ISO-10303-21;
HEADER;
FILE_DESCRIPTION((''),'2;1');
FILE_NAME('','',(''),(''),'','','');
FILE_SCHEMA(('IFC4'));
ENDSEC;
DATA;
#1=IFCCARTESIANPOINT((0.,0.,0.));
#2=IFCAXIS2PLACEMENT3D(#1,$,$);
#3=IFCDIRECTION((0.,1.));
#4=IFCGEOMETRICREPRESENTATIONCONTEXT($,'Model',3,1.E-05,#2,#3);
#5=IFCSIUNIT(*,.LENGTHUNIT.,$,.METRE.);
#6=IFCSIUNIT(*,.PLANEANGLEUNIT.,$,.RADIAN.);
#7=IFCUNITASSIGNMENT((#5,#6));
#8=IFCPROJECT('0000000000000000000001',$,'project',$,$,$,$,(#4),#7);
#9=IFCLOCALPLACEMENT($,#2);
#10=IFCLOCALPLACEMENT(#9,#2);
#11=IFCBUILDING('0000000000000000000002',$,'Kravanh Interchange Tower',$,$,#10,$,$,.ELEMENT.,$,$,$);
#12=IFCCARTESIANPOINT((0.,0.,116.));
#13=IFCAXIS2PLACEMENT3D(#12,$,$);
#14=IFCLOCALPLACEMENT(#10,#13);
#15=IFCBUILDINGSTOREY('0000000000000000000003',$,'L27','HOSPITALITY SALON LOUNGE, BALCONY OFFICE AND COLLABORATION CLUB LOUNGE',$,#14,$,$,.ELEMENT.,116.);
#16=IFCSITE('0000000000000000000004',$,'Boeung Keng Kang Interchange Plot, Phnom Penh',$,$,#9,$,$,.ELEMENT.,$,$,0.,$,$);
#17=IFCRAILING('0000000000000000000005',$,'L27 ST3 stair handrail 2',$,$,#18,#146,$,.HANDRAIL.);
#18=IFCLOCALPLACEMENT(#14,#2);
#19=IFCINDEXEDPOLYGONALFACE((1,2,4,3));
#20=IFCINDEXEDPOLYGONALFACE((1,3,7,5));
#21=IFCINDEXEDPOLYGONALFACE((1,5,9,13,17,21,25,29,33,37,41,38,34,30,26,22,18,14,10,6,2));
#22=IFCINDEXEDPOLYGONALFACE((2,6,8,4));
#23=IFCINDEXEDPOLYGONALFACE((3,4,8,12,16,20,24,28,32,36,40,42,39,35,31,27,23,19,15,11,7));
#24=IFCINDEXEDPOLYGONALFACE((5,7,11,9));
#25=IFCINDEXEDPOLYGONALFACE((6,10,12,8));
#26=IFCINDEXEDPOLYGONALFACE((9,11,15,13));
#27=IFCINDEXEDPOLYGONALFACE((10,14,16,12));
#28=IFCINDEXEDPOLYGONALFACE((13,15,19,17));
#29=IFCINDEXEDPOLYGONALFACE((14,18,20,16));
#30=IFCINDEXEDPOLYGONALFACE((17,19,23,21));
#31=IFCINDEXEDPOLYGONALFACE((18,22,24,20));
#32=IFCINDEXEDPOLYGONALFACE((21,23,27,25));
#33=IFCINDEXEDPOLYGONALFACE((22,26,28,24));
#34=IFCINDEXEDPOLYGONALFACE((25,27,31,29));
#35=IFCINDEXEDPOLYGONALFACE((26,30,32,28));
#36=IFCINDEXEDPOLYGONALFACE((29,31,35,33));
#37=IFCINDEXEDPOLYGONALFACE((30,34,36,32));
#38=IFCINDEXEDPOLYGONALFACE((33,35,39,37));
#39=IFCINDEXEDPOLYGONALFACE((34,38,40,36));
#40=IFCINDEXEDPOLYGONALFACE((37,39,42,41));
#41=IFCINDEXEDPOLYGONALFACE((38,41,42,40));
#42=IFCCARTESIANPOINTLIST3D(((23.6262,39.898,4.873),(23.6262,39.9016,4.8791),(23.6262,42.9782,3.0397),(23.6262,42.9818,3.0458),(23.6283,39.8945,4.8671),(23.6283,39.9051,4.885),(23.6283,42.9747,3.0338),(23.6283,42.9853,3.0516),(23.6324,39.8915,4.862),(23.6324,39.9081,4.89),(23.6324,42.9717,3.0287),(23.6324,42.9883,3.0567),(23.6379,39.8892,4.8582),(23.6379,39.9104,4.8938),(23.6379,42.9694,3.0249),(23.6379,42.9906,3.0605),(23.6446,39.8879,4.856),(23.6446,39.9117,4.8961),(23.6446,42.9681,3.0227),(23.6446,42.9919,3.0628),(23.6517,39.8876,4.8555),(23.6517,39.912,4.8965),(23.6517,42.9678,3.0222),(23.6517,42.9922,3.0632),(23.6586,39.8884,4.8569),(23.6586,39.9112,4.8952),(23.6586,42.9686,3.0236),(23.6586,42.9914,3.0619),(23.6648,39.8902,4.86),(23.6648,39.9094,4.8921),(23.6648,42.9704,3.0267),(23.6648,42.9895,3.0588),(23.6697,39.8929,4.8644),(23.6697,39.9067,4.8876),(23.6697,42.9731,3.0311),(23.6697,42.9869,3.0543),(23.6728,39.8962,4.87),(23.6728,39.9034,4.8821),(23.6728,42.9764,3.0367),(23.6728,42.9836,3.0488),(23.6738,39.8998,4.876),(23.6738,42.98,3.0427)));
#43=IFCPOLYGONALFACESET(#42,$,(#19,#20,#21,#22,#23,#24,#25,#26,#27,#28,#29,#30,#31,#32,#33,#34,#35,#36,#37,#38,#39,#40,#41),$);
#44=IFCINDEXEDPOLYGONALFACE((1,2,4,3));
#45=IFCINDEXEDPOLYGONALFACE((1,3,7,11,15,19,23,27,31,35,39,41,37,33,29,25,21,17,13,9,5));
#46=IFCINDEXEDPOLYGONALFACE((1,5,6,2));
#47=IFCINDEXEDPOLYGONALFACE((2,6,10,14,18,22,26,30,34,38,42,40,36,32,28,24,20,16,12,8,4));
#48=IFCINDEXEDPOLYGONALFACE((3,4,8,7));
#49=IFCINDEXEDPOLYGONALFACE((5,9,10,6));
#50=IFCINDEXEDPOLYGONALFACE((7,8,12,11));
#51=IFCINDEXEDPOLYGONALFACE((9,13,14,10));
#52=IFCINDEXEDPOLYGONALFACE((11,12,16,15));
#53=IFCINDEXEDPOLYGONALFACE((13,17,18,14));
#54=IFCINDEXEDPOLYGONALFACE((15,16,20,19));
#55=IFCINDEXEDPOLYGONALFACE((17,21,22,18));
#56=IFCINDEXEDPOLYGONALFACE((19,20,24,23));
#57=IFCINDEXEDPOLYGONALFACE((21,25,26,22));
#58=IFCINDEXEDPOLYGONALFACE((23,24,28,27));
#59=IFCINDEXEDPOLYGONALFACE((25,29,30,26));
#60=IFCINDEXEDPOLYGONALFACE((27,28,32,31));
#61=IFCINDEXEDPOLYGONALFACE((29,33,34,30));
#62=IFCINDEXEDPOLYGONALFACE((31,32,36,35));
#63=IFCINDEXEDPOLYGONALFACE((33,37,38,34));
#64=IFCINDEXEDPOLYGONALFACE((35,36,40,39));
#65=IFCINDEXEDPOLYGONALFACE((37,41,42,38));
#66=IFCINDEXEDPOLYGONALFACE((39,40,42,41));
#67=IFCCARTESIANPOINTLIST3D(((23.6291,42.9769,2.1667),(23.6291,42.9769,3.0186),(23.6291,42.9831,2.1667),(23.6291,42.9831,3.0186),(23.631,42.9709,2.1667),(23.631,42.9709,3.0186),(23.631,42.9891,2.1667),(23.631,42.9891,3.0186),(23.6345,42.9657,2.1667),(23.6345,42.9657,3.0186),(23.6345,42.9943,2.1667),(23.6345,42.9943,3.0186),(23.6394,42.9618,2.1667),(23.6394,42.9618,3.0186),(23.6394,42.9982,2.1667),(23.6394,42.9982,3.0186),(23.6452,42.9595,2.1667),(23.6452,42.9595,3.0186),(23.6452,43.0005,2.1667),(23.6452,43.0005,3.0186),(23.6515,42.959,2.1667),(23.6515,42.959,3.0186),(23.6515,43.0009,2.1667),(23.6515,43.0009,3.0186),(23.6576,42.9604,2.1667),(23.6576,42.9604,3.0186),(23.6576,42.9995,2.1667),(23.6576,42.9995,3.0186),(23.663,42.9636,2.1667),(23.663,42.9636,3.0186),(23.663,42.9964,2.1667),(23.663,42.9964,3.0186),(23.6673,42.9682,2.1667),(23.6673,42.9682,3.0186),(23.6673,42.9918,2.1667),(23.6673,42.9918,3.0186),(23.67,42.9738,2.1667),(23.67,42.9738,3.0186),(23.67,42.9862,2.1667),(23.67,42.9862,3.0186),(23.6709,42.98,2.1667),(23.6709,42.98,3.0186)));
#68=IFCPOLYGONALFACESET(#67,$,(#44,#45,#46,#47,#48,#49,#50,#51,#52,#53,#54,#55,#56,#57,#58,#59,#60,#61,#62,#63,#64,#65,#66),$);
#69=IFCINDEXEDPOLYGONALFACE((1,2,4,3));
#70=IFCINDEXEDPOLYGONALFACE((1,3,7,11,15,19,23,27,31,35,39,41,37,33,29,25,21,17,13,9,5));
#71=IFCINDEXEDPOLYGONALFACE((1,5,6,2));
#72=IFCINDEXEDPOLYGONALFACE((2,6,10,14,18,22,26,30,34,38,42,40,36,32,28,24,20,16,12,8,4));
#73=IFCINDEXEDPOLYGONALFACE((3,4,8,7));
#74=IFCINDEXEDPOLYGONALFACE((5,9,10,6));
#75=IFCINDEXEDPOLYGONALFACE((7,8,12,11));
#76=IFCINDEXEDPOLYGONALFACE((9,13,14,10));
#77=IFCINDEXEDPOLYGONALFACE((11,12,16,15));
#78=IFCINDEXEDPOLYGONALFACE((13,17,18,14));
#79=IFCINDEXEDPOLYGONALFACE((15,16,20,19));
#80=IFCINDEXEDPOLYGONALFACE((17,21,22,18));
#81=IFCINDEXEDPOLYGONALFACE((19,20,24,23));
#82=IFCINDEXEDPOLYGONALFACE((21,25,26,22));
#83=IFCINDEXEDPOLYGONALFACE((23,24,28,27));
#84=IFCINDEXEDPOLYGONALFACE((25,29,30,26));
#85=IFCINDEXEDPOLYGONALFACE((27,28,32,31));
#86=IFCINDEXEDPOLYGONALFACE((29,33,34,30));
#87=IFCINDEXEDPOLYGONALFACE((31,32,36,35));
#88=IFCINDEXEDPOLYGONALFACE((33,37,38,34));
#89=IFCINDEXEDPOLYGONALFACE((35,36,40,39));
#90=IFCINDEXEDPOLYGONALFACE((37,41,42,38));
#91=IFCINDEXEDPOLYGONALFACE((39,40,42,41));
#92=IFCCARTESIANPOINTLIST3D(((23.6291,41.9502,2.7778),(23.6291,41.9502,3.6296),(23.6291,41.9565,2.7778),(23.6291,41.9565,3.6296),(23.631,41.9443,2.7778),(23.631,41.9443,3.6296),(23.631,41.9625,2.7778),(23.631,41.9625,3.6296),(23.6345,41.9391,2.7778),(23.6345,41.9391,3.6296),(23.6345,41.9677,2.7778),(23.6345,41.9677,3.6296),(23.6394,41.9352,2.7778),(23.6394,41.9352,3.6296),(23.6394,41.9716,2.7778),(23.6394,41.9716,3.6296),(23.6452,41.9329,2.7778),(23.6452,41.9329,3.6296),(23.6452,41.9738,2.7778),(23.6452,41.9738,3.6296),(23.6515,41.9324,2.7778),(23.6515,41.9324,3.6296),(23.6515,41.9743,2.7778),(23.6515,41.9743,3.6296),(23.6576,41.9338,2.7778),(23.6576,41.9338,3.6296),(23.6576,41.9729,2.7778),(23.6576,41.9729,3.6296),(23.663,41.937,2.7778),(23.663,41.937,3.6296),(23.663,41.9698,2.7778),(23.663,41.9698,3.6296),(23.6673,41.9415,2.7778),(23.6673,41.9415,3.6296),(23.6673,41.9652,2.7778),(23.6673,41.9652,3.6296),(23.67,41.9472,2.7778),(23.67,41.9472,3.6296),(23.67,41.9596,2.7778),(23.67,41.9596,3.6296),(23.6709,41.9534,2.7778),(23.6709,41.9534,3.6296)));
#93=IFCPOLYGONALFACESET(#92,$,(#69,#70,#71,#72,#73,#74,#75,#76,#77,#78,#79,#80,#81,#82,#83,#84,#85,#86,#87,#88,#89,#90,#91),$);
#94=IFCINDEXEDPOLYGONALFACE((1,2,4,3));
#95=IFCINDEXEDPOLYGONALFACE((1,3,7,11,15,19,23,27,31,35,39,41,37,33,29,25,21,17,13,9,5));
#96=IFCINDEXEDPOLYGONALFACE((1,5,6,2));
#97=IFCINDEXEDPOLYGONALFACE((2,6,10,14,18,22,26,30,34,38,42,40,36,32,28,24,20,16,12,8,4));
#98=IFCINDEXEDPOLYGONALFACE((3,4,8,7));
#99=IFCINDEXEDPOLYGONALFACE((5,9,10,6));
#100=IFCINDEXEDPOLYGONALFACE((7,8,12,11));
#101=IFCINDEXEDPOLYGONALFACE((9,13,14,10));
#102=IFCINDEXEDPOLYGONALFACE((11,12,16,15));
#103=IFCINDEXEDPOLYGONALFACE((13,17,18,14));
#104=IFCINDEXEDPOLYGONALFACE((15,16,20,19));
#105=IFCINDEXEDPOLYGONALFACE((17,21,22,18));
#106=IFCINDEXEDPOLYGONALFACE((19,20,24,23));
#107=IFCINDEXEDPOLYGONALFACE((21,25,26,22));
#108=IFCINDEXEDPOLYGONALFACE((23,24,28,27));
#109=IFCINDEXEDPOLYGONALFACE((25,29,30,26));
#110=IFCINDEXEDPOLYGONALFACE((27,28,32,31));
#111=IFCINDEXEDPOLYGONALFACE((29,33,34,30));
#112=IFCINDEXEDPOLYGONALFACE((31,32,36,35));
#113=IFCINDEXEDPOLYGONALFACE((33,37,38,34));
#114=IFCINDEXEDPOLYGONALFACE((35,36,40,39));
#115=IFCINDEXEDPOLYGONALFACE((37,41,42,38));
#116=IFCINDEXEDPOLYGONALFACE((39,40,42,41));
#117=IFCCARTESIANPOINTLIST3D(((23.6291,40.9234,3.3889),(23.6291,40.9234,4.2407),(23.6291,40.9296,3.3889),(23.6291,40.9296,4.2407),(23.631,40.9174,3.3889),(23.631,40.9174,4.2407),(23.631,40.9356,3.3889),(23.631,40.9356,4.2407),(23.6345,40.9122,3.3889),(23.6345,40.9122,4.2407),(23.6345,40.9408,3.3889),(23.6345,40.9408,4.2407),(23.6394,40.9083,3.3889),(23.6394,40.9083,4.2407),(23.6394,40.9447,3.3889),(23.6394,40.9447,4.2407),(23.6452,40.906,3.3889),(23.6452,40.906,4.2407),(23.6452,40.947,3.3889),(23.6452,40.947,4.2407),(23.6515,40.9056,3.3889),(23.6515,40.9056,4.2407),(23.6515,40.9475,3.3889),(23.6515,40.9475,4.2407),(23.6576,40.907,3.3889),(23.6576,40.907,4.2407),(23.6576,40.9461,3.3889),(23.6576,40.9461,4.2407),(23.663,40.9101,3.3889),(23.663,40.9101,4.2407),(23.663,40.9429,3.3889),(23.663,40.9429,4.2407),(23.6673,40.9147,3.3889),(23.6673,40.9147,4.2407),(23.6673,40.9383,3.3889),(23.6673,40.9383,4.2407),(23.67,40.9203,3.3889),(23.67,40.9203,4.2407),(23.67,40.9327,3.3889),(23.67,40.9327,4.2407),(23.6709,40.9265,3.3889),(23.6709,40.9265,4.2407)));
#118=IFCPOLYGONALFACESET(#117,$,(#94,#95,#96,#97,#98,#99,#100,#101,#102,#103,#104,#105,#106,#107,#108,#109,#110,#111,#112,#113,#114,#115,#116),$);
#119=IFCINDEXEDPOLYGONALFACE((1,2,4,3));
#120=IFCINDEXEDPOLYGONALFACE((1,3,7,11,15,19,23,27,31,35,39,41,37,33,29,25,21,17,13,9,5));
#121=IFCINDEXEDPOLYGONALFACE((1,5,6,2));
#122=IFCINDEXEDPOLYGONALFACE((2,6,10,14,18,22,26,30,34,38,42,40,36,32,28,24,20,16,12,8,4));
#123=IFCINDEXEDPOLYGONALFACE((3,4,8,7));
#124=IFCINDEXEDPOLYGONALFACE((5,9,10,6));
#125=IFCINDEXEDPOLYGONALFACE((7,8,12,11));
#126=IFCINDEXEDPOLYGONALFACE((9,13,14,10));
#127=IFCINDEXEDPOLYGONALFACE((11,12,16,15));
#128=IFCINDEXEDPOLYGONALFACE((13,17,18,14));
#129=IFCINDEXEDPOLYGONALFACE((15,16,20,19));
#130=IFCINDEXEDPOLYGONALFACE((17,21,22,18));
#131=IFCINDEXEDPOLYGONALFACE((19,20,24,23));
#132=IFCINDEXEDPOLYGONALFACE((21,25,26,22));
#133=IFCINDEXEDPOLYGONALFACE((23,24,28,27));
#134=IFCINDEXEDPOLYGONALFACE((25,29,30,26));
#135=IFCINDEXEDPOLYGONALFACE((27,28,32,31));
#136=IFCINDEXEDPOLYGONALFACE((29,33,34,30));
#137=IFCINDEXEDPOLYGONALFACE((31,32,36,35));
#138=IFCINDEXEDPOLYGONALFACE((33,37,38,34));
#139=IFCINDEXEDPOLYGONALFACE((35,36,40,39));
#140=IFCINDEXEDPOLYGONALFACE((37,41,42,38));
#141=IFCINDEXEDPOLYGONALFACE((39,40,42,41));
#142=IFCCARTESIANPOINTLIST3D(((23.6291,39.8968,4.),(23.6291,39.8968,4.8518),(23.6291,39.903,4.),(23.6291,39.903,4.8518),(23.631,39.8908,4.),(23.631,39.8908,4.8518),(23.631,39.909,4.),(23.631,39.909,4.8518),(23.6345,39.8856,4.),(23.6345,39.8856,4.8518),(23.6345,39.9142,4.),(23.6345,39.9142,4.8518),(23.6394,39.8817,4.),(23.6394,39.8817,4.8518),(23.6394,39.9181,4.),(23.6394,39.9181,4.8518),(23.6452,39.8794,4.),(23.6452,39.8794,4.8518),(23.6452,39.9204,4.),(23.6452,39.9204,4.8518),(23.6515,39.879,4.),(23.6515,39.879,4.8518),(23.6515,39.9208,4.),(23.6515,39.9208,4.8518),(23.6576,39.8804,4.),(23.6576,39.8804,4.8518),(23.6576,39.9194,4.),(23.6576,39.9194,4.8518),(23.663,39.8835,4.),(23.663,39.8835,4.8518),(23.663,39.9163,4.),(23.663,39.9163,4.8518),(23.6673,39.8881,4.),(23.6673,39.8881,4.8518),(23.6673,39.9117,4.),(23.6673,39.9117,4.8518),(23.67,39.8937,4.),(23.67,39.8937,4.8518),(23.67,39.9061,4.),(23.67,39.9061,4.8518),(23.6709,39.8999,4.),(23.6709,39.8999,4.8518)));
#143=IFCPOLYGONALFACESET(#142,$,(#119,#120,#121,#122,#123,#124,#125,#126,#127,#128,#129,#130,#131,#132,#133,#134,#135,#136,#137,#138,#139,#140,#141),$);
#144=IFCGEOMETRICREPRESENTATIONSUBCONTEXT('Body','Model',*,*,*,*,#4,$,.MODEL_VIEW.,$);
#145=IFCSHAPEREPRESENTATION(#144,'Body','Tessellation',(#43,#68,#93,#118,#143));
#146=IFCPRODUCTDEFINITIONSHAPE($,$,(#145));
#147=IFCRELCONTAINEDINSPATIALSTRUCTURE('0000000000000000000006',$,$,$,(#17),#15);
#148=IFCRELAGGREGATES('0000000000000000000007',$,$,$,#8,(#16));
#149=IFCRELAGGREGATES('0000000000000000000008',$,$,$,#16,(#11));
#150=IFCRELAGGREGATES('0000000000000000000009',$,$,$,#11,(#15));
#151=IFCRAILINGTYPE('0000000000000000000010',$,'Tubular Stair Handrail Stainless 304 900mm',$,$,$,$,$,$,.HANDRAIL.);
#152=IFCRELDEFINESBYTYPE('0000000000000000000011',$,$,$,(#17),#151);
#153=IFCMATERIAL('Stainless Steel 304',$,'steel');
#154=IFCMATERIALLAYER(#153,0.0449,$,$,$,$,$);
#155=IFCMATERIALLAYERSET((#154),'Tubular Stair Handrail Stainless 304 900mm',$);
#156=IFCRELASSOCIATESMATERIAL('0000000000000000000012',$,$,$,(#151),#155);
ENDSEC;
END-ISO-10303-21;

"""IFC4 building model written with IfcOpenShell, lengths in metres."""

from ifc_helpers import new_model, si_unit, direction, frame, origin, origin_2d, place, context, subcontext, project, spatial, circle, extrude, material, layer, layer_set, type_object, element, save


model = new_model("IFC4")

# Units and contexts
model_context = context("Model", 3, precision=1e-05, world=origin(), true_north=direction((0.0, 1.0)))
body_context = subcontext(model_context, "Body", "Model", "MODEL_VIEW")
ifc_project = project(units=[si_unit("LENGTHUNIT", "METRE"), si_unit("PLANEANGLEUNIT", "RADIAN")], contexts=[model_context])

# Site, building, storey
site_placement = place(None, origin())
site = spatial("IfcSite", under=ifc_project, at=site_placement, Name="Boeung Keng Kang Interchange Plot, Phnom Penh", CompositionType="ELEMENT", RefElevation=0.0)
building_placement = place(site_placement, origin())
building = spatial("IfcBuilding", under=site, at=building_placement, Name="Kravanh Interchange Tower", CompositionType="ELEMENT")
storey_placement = place(building_placement, frame((0.0, 0.0, 116.0)))
storey = spatial("IfcBuildingStorey", under=building, at=storey_placement, Name="L27", Description="HOSPITALITY SALON LOUNGE, BALCONY OFFICE AND COLLABORATION CLUB LOUNGE", CompositionType="ELEMENT", Elevation=116.0)

# Railing
ifc_material_1 = material(Name="Stainless Steel 304", Category="steel")
ifc_layer_1 = layer(ifc_material_1, 0.0449)
ifc_layer_set_1 = layer_set([ifc_layer_1], Name="Tubular Stair Handrail Stainless 304 900mm")
railing_type_1 = type_object("IfcRailingType", Name="Tubular Stair Handrail Stainless 304 900mm", PredefinedType="HANDRAIL", material=ifc_layer_set_1)
railing_1_placement = place(storey_placement, frame((23.6499, 42.98, 2.1667)))
element("IfcRailing", 1, at=railing_1_placement, inside=storey, type_object=railing_type_1, Name="L27 ST3 stair handrail 2", PredefinedType="HANDRAIL", context=body_context, shape_type="SweptSolid", body=[
    extrude(circle(Radius=0.0239, at=origin_2d()), frame((0.0, 0.0, 0.876), z_axis=(0.0, -0.859309, 0.511458), x_axis=(1.0, 0.0, 0.0)), (0.0, 0.0, 1.0), 3.5845),
    extrude(circle(Radius=0.021, at=origin_2d()), origin(), (0.0, 0.0, 1.0), 0.8518),
    extrude(circle(Radius=0.021, at=origin_2d()), frame((0.0, -1.0266, 0.6111)), (0.0, 0.0, 1.0), 0.8518),
    extrude(circle(Radius=0.021, at=origin_2d()), frame((0.0, -2.0535, 1.2222)), (0.0, 0.0, 1.0), 0.8518),
    extrude(circle(Radius=0.021, at=origin_2d()), frame((0.0, -3.0801, 1.8333)), (0.0, 0.0, 1.0), 0.8518),
])

save(model, "model.ifc")
